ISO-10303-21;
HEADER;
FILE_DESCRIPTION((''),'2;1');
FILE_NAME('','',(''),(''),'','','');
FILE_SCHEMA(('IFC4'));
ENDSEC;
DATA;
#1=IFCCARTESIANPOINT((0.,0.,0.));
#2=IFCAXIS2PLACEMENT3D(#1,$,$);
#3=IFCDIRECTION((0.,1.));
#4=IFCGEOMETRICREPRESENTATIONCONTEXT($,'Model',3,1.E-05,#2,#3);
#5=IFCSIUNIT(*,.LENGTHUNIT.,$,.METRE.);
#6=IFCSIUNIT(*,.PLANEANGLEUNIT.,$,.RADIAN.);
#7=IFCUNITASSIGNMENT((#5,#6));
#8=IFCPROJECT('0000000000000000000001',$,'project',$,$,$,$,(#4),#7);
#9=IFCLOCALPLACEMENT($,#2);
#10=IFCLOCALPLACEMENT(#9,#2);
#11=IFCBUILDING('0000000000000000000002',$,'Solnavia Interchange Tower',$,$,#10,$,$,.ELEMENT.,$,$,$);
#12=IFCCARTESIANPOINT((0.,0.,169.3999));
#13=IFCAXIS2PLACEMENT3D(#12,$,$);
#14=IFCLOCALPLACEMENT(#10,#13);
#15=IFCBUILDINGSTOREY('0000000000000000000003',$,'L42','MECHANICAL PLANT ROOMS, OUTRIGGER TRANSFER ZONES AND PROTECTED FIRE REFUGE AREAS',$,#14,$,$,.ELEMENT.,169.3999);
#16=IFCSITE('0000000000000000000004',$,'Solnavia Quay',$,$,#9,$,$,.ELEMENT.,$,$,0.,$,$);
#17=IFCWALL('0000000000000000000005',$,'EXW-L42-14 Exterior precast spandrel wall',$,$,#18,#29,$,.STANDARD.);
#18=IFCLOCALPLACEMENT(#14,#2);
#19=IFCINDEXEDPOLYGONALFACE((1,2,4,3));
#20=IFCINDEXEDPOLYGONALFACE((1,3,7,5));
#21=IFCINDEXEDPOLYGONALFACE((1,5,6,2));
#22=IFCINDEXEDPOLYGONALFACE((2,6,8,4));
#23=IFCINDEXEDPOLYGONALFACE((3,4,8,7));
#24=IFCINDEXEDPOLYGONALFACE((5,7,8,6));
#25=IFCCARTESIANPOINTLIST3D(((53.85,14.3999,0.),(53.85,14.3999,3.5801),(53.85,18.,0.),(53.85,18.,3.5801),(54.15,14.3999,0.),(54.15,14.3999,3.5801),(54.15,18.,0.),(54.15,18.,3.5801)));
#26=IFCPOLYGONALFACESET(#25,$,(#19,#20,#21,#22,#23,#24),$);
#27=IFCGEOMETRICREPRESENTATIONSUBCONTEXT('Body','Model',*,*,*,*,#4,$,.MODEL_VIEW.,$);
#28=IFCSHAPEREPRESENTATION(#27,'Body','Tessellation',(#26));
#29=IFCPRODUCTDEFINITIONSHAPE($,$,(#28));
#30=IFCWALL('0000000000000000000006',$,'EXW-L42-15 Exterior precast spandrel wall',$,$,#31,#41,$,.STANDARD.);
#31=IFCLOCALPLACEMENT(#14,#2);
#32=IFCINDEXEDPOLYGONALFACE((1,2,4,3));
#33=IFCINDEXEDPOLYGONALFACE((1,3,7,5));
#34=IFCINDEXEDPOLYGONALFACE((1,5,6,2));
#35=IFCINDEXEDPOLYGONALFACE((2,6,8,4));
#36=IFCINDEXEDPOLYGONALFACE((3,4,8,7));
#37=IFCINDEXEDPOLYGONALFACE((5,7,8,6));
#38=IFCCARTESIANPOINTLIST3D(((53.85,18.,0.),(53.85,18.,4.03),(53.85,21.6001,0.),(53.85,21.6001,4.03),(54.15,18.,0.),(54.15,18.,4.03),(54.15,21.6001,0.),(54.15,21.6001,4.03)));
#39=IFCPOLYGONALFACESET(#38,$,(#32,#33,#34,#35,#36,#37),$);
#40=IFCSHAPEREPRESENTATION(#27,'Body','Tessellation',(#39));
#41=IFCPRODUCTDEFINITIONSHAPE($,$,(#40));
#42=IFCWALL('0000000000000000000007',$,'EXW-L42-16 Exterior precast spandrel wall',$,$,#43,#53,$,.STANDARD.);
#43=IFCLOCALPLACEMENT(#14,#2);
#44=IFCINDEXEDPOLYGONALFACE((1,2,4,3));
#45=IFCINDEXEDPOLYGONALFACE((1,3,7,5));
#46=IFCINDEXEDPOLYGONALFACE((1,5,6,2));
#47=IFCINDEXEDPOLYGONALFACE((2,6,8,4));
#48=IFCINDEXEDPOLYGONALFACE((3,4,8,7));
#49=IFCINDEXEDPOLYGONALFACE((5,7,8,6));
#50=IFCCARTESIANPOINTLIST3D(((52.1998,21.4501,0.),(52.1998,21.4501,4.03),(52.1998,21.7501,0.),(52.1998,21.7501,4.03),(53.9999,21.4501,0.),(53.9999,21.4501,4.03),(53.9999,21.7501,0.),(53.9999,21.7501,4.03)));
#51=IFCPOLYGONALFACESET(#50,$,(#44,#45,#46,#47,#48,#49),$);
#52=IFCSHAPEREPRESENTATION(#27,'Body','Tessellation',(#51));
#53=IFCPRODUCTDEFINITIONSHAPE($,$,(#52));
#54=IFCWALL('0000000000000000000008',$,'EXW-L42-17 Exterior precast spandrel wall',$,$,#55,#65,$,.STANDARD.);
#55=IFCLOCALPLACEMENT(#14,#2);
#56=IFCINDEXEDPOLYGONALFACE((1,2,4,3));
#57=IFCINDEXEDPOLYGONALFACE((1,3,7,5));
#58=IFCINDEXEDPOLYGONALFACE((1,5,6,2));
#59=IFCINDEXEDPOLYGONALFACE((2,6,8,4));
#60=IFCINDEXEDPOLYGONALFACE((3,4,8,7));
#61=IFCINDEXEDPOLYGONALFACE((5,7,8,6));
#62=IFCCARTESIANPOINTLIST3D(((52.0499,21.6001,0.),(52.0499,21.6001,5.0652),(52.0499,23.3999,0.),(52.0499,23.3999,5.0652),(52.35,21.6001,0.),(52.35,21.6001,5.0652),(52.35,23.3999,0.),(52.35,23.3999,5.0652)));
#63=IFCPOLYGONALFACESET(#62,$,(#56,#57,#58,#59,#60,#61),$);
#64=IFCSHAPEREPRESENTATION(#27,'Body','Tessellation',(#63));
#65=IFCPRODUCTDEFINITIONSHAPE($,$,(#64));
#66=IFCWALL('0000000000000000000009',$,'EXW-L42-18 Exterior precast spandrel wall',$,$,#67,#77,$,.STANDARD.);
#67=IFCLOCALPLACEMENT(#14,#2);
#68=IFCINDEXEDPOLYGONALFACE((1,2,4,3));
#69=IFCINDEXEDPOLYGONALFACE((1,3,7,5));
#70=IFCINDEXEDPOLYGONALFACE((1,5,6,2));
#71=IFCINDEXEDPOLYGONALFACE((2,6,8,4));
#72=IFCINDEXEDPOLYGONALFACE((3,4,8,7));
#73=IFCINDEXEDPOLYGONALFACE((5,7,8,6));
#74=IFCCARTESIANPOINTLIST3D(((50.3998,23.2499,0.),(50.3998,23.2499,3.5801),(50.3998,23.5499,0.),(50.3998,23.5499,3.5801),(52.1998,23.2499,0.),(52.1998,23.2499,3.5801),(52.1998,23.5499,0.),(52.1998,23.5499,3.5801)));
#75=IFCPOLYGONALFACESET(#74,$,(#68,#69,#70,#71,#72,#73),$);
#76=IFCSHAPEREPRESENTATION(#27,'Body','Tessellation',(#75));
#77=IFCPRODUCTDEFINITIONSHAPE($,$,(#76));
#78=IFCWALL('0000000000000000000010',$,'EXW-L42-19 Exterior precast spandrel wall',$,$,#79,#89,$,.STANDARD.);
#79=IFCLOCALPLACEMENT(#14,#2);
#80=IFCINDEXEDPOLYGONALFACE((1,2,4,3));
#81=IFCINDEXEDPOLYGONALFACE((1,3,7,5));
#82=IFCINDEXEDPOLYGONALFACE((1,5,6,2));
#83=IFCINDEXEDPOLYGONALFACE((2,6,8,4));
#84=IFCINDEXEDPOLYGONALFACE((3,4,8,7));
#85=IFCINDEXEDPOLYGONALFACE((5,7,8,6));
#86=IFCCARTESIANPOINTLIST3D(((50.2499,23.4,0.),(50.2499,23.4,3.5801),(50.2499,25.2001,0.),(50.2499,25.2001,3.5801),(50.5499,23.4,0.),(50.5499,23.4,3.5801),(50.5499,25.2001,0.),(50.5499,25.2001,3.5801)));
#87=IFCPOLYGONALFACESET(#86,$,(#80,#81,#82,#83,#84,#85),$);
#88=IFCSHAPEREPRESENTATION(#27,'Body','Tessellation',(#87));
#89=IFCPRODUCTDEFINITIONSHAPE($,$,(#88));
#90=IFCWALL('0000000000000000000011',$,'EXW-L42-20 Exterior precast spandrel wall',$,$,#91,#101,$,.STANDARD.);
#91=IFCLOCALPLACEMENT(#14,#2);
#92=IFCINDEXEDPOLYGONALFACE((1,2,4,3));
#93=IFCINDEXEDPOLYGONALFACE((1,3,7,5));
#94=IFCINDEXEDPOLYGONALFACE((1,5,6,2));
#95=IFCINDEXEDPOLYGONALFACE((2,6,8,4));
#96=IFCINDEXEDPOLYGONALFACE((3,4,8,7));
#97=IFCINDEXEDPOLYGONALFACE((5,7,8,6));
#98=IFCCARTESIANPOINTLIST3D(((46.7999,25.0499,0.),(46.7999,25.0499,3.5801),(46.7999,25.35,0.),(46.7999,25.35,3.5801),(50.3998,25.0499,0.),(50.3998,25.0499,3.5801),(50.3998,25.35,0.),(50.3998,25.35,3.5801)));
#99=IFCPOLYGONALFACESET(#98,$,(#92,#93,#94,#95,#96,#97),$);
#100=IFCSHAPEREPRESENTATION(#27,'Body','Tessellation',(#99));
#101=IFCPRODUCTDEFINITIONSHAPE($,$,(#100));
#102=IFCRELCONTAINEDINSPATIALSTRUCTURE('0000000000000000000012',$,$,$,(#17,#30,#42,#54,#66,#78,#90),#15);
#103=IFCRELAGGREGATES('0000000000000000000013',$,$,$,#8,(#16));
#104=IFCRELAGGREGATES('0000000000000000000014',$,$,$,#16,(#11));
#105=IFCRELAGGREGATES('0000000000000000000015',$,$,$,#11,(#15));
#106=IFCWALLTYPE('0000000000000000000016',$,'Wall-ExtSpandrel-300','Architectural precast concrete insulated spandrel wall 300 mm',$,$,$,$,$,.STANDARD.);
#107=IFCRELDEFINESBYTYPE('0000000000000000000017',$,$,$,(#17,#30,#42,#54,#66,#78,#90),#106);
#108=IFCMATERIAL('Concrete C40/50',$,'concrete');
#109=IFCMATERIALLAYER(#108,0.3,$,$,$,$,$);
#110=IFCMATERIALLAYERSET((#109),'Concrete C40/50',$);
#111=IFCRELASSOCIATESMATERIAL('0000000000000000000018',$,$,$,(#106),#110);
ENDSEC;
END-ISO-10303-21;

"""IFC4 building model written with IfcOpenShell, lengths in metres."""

from ifc_helpers import new_model, si_unit, direction, frame, frame_2d, origin, place, context, subcontext, project, spatial, rectangle, extrude, material, layer, layer_set, type_object, element, save


model = new_model("IFC4")

# Units and contexts
model_context = context("Model", 3, precision=1e-05, world=origin(), true_north=direction((0.0, 1.0)))
body_context = subcontext(model_context, "Body", "Model", "MODEL_VIEW")
ifc_project = project(units=[si_unit("LENGTHUNIT", "METRE"), si_unit("PLANEANGLEUNIT", "RADIAN")], contexts=[model_context])

# Site, building, storey
site_placement = place(None, origin())
site = spatial("IfcSite", under=ifc_project, at=site_placement, Name="Solnavia Quay", CompositionType="ELEMENT", RefElevation=0.0)
building_placement = place(site_placement, origin())
building = spatial("IfcBuilding", under=site, at=building_placement, Name="Solnavia Interchange Tower", CompositionType="ELEMENT")
storey_placement = place(building_placement, frame((0.0, 0.0, 169.3999)))
storey = spatial("IfcBuildingStorey", under=building, at=storey_placement, Name="L42", Description="MECHANICAL PLANT ROOMS, OUTRIGGER TRANSFER ZONES AND PROTECTED FIRE REFUGE AREAS", CompositionType="ELEMENT", Elevation=169.3999)

# Walls
ifc_material_1 = material(Name="Concrete C40/50", Category="concrete")
ifc_layer_1 = layer(ifc_material_1, 0.3)
ifc_layer_set_1 = layer_set([ifc_layer_1], Name="Concrete C40/50")
wall_type = type_object("IfcWallType", Name="Wall-ExtSpandrel-300", Description="Architectural precast concrete insulated spandrel wall 300 mm", PredefinedType="STANDARD", material=ifc_layer_set_1)
wall_1_placement = place(storey_placement, frame((54.0, 18.0, 0.0), z_axis=(0.0, 0.0, 1.0), x_axis=(0.0, -1.0, 0.0)))
element("IfcWall", 1, at=wall_1_placement, inside=storey, type_object=wall_type, Name="EXW-L42-14 Exterior precast spandrel wall", PredefinedType="STANDARD", context=body_context, shape_type="SweptSolid", body=[
    extrude(rectangle(XDim=3.6001, YDim=0.3, at=frame_2d((1.8, 0.0))), origin(), (0.0, 0.0, 1.0), 3.5801),
])
wall_2_placement = place(storey_placement, frame((54.0, 21.6001, 0.0), z_axis=(0.0, 0.0, 1.0), x_axis=(0.0, -1.0, 0.0)))
element("IfcWall", 2, at=wall_2_placement, inside=storey, type_object=wall_type, Name="EXW-L42-15 Exterior precast spandrel wall", PredefinedType="STANDARD", context=body_context, shape_type="SweptSolid", body=[
    extrude(rectangle(XDim=3.6001, YDim=0.3, at=frame_2d((1.8, 0.0))), origin(), (0.0, 0.0, 1.0), 4.03),
])
wall_3_placement = place(storey_placement, frame((52.2, 21.6001, 0.0), z_axis=(0.0, 0.0, 1.0), x_axis=(1.0, 0.0, 0.0)))
element("IfcWall", 3, at=wall_3_placement, inside=storey, type_object=wall_type, Name="EXW-L42-16 Exterior precast spandrel wall", PredefinedType="STANDARD", context=body_context, shape_type="SweptSolid", body=[
    extrude(rectangle(XDim=1.8, YDim=0.3, at=frame_2d((0.8999, 0.0))), origin(), (0.0, 0.0, 1.0), 4.03),
])
wall_4_placement = place(storey_placement, frame((52.2, 23.3999, 0.0), z_axis=(0.0, 0.0, 1.0), x_axis=(0.0, -1.0, 0.0)))
element("IfcWall", 4, at=wall_4_placement, inside=storey, type_object=wall_type, Name="EXW-L42-17 Exterior precast spandrel wall", PredefinedType="STANDARD", context=body_context, shape_type="SweptSolid", body=[
    extrude(rectangle(XDim=1.7998, YDim=0.3, at=frame_2d((0.8999, 0.0))), origin(), (0.0, 0.0, 1.0), 5.0652),
])
for number, where, z_axis, x_axis, name in (
    (5, (50.3999, 23.3999, 0.0), (0.0, 0.0, 1.0), (1.0, 0.0, 0.0), "EXW-L42-18 Exterior precast spandrel wall"),
    (6, (50.3999, 25.2, 0.0), (0.0, 0.0, 1.0), (0.0, -1.0, 0.0), "EXW-L42-19 Exterior precast spandrel wall"),
):
    element("IfcWall", number, at=place(storey_placement, frame(where, z_axis=z_axis, x_axis=x_axis)), inside=storey, type_object=wall_type, Name=name, PredefinedType="STANDARD", context=body_context, shape_type="SweptSolid", body=[
        extrude(rectangle(XDim=1.8, YDim=0.3, at=frame_2d((0.8999, 0.0))), origin(), (0.0, 0.0, 1.0), 3.5801),
    ])
wall_5_placement = place(storey_placement, frame((46.8, 25.2, 0.0), z_axis=(0.0, 0.0, 1.0), x_axis=(1.0, 0.0, 0.0)))
element("IfcWall", 7, at=wall_5_placement, inside=storey, type_object=wall_type, Name="EXW-L42-20 Exterior precast spandrel wall", PredefinedType="STANDARD", context=body_context, shape_type="SweptSolid", body=[
    extrude(rectangle(XDim=3.5999, YDim=0.3, at=frame_2d((1.7998, 0.0))), origin(), (0.0, 0.0, 1.0), 3.5801),
])

save(model, "model.ifc")
